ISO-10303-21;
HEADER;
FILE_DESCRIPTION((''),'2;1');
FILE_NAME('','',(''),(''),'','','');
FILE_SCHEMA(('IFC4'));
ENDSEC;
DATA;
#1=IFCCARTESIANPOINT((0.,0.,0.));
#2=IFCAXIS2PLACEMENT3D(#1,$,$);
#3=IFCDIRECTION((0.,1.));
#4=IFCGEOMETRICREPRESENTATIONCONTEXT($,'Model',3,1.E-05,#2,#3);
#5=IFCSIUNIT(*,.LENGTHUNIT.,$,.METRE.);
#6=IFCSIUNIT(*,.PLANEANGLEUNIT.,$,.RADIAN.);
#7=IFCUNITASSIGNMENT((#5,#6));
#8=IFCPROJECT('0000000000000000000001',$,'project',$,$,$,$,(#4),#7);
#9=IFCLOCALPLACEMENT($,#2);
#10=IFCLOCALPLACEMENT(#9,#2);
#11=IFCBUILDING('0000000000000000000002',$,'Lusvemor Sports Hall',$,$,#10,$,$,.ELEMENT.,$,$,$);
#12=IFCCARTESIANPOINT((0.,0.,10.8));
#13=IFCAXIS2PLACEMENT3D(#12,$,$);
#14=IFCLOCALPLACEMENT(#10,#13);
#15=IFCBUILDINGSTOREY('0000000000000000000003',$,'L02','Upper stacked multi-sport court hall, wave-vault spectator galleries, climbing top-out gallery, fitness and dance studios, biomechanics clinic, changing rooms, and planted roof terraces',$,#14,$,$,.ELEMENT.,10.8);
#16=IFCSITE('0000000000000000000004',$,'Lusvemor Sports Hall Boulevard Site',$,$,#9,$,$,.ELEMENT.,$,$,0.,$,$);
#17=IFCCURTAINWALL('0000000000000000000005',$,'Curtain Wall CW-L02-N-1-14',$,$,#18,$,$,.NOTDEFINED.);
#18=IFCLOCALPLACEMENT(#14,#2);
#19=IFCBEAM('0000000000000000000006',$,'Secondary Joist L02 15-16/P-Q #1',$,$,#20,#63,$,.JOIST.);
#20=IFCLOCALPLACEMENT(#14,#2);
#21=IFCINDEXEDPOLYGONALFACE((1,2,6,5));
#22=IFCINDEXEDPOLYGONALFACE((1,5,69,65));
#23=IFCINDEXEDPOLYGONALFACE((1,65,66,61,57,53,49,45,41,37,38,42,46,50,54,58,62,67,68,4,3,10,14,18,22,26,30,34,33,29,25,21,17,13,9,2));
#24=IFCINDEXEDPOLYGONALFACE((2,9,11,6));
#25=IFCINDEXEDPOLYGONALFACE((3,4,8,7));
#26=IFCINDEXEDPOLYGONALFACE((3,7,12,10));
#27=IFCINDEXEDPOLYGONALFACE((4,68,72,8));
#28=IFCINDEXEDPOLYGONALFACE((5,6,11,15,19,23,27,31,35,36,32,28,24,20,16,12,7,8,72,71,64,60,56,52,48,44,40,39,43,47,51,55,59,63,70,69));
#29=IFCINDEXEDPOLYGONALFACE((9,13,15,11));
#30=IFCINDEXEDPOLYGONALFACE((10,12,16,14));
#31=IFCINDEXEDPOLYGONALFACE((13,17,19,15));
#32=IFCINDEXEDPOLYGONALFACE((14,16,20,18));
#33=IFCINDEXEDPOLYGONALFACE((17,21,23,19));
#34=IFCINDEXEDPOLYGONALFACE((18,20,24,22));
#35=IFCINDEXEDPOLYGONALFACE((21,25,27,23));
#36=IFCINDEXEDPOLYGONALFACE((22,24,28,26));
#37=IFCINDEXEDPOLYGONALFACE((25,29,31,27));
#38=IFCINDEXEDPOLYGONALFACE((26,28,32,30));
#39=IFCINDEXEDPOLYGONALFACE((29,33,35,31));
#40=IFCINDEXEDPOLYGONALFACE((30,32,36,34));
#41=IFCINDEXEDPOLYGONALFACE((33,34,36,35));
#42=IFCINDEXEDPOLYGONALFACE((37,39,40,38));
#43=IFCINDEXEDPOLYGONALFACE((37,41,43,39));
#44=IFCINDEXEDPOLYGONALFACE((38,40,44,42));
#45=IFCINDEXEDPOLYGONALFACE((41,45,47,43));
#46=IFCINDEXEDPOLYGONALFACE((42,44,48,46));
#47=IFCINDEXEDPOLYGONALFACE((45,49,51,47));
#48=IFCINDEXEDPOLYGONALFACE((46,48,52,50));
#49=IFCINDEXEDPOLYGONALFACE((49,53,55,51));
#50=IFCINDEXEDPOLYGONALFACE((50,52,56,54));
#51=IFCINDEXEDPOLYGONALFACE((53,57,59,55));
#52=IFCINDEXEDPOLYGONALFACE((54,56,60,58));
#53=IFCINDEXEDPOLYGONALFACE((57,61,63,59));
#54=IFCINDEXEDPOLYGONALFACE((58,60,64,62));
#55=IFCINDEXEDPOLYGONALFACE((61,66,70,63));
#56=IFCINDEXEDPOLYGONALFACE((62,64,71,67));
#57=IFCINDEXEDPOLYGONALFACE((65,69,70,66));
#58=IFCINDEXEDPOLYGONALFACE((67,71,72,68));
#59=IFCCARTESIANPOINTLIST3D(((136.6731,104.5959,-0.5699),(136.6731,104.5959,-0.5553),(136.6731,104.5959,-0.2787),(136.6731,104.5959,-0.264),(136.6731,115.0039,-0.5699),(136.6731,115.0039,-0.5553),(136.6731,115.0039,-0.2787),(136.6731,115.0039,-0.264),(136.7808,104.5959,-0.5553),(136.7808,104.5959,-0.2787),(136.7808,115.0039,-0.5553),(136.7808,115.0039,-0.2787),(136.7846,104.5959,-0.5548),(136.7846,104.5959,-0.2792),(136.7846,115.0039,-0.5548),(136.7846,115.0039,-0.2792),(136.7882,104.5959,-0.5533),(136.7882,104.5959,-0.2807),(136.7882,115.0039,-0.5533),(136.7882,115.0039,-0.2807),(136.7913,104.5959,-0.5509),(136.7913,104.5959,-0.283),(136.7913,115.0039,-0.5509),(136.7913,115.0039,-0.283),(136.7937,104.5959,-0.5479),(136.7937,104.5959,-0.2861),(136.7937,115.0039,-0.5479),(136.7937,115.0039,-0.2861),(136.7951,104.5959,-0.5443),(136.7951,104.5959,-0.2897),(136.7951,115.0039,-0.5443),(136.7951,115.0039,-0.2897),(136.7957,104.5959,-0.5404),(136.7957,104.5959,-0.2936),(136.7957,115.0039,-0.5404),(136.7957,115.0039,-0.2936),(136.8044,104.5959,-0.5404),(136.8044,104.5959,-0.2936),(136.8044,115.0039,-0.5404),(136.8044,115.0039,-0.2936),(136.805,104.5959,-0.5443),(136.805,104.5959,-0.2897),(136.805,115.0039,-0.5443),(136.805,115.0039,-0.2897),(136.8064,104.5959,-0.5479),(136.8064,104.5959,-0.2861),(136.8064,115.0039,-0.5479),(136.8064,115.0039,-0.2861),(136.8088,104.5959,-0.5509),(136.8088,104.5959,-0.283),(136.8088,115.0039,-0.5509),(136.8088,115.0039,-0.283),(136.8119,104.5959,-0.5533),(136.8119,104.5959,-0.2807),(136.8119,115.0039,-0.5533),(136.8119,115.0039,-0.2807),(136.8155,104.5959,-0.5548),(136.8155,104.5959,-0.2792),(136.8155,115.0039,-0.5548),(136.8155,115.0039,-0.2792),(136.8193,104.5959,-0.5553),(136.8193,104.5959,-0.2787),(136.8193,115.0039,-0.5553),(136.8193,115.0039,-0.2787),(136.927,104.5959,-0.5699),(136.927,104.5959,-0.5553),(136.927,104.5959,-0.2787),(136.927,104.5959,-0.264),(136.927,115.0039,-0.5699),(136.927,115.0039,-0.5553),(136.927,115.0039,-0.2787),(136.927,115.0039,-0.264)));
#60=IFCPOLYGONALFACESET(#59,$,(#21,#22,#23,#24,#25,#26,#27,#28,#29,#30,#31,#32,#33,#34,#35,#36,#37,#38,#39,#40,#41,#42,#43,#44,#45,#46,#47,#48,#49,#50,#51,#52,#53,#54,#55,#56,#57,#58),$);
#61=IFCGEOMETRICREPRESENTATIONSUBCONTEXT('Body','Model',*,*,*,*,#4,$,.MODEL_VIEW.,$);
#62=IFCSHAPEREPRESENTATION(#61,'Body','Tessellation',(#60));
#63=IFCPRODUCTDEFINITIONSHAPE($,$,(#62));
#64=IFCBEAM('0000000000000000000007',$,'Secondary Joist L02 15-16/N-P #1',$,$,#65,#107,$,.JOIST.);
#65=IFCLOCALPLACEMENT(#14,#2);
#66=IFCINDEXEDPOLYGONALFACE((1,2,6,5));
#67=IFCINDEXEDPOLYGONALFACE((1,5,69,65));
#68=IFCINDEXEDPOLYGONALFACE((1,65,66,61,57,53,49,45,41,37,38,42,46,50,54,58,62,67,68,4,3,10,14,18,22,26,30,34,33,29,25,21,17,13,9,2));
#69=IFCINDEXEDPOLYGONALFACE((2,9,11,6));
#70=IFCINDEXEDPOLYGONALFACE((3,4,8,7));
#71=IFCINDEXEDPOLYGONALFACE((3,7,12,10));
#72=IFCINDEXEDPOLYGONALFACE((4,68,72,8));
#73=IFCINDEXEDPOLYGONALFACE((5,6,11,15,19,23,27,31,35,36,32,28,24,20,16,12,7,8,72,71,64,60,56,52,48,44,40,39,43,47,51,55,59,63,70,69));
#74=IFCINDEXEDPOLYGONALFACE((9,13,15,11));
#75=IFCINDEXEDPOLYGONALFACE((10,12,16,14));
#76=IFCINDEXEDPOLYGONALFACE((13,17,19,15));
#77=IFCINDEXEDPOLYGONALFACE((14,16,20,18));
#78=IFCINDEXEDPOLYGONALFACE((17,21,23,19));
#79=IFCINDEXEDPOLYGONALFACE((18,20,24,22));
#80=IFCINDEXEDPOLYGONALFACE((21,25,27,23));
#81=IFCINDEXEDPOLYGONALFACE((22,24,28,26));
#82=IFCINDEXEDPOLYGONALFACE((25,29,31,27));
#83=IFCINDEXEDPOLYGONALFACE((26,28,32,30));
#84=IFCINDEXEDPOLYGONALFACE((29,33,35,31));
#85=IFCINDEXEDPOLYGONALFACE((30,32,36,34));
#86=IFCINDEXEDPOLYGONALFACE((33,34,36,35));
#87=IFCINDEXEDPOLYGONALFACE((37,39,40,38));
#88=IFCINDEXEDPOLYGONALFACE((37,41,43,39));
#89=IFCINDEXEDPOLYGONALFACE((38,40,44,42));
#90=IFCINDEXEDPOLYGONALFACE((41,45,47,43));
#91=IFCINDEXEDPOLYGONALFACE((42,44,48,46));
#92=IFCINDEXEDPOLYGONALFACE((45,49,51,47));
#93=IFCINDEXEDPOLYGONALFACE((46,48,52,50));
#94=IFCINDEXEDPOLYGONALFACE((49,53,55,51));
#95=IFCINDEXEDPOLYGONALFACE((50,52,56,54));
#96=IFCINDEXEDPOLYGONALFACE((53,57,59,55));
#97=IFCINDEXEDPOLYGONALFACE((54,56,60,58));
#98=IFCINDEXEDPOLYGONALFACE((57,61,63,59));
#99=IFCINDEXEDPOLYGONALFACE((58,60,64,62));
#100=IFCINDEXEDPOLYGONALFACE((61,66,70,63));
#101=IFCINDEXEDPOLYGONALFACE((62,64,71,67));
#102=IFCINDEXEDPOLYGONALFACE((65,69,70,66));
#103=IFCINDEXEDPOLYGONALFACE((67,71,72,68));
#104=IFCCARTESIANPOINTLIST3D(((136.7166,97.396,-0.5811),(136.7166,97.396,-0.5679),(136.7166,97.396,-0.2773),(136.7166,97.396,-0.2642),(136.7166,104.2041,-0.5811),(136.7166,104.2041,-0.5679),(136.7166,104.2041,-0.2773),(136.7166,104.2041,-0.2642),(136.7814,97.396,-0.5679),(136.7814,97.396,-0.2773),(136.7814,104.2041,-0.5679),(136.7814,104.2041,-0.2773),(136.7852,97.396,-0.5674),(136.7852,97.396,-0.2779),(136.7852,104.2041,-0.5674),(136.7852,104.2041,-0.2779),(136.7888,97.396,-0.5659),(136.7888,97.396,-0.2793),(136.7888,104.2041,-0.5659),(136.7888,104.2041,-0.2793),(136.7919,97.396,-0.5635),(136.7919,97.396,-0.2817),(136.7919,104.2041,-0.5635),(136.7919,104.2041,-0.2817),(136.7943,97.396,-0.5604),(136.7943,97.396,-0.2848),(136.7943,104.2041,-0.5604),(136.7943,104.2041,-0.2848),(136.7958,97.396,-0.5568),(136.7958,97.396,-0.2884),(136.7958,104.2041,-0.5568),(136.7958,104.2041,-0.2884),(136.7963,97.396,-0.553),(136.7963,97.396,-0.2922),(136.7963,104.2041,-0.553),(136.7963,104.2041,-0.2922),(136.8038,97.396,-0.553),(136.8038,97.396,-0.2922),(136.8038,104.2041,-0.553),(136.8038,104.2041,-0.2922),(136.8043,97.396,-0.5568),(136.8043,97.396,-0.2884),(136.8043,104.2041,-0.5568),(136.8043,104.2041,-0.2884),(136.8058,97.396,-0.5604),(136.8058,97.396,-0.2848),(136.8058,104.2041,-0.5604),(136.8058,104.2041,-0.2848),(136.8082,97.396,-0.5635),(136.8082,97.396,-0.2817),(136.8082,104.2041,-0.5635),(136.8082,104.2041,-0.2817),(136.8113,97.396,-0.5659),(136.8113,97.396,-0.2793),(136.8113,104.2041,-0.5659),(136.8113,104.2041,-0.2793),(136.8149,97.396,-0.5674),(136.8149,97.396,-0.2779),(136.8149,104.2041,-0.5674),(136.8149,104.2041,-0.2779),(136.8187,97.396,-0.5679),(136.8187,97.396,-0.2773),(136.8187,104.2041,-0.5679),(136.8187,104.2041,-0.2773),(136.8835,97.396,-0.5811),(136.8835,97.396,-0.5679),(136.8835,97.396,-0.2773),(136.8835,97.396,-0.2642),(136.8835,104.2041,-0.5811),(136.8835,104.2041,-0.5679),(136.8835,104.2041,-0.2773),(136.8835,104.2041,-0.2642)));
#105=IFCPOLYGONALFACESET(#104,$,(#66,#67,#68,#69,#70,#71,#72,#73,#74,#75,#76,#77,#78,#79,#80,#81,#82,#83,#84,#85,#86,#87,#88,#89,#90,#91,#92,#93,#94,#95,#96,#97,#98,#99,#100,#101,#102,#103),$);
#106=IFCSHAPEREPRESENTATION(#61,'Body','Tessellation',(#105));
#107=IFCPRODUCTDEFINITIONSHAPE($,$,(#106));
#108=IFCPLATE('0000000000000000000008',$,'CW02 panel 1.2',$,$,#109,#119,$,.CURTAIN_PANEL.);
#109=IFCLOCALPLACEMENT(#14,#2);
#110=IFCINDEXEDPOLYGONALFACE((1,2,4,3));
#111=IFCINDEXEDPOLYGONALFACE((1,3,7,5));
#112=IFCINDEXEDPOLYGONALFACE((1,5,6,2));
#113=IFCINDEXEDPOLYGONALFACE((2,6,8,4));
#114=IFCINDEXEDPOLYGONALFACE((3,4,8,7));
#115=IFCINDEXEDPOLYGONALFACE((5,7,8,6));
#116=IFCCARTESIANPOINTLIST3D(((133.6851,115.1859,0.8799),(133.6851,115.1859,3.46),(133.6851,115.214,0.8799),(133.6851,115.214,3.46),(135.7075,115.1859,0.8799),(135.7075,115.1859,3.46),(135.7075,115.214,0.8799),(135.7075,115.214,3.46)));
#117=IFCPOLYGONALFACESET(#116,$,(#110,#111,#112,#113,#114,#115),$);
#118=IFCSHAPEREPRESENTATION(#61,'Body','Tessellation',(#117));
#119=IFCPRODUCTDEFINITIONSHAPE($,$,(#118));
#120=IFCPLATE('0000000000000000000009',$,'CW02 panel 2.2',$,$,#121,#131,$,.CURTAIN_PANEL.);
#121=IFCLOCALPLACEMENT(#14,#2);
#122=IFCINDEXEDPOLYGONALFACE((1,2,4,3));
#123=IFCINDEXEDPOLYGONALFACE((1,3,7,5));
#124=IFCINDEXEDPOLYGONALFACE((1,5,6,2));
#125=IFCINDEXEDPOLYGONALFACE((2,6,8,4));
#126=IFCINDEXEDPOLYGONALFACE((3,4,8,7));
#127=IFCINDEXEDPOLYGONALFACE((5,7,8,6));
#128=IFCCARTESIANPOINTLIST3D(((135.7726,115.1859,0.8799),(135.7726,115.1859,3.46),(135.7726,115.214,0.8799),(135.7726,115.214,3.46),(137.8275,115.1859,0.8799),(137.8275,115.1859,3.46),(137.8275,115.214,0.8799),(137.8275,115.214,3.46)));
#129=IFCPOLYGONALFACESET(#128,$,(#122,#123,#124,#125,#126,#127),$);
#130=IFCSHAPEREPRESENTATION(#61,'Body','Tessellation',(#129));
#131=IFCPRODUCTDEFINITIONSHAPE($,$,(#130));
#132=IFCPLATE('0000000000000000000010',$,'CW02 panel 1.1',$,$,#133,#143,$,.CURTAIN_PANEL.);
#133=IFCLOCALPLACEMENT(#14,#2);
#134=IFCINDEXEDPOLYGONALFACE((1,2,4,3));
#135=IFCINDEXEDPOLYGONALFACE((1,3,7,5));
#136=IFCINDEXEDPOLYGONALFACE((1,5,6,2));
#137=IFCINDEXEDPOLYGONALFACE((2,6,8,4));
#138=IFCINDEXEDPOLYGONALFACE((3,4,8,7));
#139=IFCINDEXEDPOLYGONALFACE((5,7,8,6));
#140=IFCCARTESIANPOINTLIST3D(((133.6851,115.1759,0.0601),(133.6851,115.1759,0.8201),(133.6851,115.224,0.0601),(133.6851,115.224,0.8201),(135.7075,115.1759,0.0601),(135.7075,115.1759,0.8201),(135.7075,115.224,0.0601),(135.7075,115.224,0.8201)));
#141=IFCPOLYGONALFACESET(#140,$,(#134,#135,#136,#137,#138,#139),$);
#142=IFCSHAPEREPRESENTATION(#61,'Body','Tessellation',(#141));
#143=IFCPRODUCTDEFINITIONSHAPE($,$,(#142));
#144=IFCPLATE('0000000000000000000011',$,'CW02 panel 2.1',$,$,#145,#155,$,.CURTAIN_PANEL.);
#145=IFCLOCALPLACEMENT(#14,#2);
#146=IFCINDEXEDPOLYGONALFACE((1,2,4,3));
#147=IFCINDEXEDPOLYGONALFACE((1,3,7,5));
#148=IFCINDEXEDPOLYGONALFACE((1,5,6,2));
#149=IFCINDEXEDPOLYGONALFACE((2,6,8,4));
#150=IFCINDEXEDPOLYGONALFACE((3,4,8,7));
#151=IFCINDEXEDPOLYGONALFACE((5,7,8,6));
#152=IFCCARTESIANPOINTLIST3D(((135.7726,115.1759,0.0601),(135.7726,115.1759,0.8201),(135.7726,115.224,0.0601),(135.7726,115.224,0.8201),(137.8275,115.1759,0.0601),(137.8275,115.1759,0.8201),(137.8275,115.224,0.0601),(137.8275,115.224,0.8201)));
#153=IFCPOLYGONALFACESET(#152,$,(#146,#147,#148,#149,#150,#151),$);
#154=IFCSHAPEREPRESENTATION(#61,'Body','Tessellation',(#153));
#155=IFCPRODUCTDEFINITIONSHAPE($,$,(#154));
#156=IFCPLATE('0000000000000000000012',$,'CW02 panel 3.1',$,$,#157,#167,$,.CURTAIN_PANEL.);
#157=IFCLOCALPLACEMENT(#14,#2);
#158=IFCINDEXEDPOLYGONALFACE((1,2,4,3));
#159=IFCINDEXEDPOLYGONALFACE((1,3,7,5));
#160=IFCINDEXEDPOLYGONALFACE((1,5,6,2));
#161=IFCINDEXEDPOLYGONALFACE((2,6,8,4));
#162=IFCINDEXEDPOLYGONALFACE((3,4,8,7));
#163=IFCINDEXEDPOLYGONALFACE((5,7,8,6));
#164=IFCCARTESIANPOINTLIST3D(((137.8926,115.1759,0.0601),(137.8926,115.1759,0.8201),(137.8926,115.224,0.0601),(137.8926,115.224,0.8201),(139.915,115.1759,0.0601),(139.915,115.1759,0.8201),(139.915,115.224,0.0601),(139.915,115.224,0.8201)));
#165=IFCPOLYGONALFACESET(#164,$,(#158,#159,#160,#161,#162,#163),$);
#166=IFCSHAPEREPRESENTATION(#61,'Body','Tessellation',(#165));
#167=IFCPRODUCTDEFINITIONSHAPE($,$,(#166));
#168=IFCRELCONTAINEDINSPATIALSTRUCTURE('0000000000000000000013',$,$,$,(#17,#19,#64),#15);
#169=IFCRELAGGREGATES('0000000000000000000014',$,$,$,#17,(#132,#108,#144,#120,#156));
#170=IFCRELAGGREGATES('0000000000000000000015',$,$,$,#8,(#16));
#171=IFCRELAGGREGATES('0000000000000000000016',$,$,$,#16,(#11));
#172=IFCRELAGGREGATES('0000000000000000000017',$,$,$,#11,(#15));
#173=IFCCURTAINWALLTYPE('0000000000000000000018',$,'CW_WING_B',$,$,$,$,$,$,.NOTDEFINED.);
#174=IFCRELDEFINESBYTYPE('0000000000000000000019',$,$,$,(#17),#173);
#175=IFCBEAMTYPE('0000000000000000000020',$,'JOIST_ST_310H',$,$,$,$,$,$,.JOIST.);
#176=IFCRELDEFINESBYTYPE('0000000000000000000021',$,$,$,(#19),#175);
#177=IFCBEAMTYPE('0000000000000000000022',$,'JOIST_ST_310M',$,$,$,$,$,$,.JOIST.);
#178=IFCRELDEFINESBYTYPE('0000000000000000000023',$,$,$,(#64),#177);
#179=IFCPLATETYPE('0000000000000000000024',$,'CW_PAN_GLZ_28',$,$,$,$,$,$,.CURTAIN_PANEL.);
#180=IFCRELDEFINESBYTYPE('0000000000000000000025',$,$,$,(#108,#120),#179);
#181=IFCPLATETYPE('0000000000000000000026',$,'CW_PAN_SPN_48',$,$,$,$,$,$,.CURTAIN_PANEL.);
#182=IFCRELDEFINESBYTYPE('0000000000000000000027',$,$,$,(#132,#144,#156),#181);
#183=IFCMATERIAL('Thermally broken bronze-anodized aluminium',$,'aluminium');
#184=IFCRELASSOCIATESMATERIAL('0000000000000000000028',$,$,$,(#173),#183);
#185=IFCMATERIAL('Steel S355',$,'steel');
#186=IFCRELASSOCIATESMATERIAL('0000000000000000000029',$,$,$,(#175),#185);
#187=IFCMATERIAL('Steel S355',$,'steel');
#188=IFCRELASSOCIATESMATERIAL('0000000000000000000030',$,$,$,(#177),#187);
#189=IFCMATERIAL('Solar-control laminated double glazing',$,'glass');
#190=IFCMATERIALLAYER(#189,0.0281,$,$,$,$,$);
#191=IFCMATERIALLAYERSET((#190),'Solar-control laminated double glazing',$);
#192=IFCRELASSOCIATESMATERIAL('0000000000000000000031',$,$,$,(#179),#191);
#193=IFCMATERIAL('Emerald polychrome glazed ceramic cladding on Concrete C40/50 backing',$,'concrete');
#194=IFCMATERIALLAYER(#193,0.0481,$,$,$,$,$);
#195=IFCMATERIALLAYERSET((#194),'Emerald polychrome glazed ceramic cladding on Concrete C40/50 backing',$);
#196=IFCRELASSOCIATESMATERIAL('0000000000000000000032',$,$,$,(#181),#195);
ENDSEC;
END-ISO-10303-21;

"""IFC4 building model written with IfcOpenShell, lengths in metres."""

from ifc_helpers import new_model, si_unit, direction, frame, origin, origin_2d, place, context, subcontext, project, spatial, rectangle, i_section, extrude, material, layer, layer_set, material_profile, profile_set, type_object, element, aggregate, save


model = new_model("IFC4")

# Units and contexts
model_context = context("Model", 3, precision=1e-05, world=origin(), true_north=direction((0.0, 1.0)))
body_context = subcontext(model_context, "Body", "Model", "MODEL_VIEW")
ifc_project = project(units=[si_unit("LENGTHUNIT", "METRE"), si_unit("PLANEANGLEUNIT", "RADIAN")], contexts=[model_context])

# Site, building, storey
site_placement = place(None, origin())
site = spatial("IfcSite", under=ifc_project, at=site_placement, Name="Lusvemor Sports Hall Boulevard Site", CompositionType="ELEMENT", RefElevation=0.0)
building_placement = place(site_placement, origin())
building = spatial("IfcBuilding", under=site, at=building_placement, Name="Lusvemor Sports Hall", CompositionType="ELEMENT")
storey_placement = place(building_placement, frame((0.0, 0.0, 10.8)))
storey = spatial("IfcBuildingStorey", under=building, at=storey_placement, Name="L02", Description="Upper stacked multi-sport court hall, wave-vault spectator galleries, climbing top-out gallery, fitness and dance studios, biomechanics clinic, changing rooms, and planted roof terraces", CompositionType="ELEMENT", Elevation=10.8)

# Curtain wall
ifc_material_1 = material(Name="Thermally broken bronze-anodized aluminium", Category="aluminium")
curtain_wall_type = type_object("IfcCurtainWallType", Name="CW_WING_B", PredefinedType="NOTDEFINED", material=ifc_material_1)
curtain_wall_placement = place(storey_placement, origin())
curtain_wall = element("IfcCurtainWall", 1, at=curtain_wall_placement, inside=storey, type_object=curtain_wall_type, Name="Curtain Wall CW-L02-N-1-14", PredefinedType="NOTDEFINED")

# Beams
ifc_material_2 = material(Name="Steel S355", Category="steel")
ifc_material_profile_1 = material_profile(ifc_material_2, i_section(OverallWidth=0.2539, OverallDepth=0.3059, WebThickness=0.0088, FlangeThickness=0.0146, FilletRadius=0.0149, at=origin_2d()), Name="W310x79.0")
ifc_profile_set_1 = profile_set([ifc_material_profile_1], Name="Steel S355")
beam_type_1 = type_object("IfcBeamType", Name="JOIST_ST_310H", PredefinedType="JOIST", material=ifc_profile_set_1)
beam_1_placement = place(storey_placement, frame((136.8, 104.5959, -0.417), z_axis=(0.0, 1.0, 0.0), x_axis=(-1.0, 0.0, 0.0)))
element("IfcBeam", 2, at=beam_1_placement, inside=storey, type_object=beam_type_1, Name="Secondary Joist L02 15-16/P-Q #1", PredefinedType="JOIST", context=body_context, shape_type="SweptSolid", body=[
    extrude(i_section(OverallWidth=0.2539, OverallDepth=0.3059, WebThickness=0.0088, FlangeThickness=0.0146, FilletRadius=0.0149, at=origin_2d()), origin(), (0.0, 0.0, 1.0), 10.408),
])
ifc_material_3 = material(Name="Steel S355", Category="steel")
ifc_material_profile_2 = material_profile(ifc_material_3, i_section(OverallWidth=0.167, OverallDepth=0.3169, WebThickness=0.0076, FlangeThickness=0.0132, FilletRadius=0.0149, at=origin_2d()), Name="W310x52.0")
ifc_profile_set_2 = profile_set([ifc_material_profile_2], Name="Steel S355")
beam_type_2 = type_object("IfcBeamType", Name="JOIST_ST_310M", PredefinedType="JOIST", material=ifc_profile_set_2)
beam_2_placement = place(storey_placement, frame((136.8, 97.396, -0.4226), z_axis=(0.0, 1.0, 0.0), x_axis=(-1.0, 0.0, 0.0)))
element("IfcBeam", 3, at=beam_2_placement, inside=storey, type_object=beam_type_2, Name="Secondary Joist L02 15-16/N-P #1", PredefinedType="JOIST", context=body_context, shape_type="SweptSolid", body=[
    extrude(i_section(OverallWidth=0.167, OverallDepth=0.3169, WebThickness=0.0076, FlangeThickness=0.0132, FilletRadius=0.0149, at=origin_2d()), origin(), (0.0, 0.0, 1.0), 6.8081),
])

# Plates
ifc_material_4 = material(Name="Solar-control laminated double glazing", Category="glass")
ifc_layer_1 = layer(ifc_material_4, 0.0281)
ifc_layer_set_1 = layer_set([ifc_layer_1], Name="Solar-control laminated double glazing")
plate_type_1 = type_object("IfcPlateType", Name="CW_PAN_GLZ_28", PredefinedType="CURTAIN_PANEL", material=ifc_layer_set_1)
plate_1_placement = place(storey_placement, frame((134.6963, 115.2, 0.8799), z_axis=(0.0, 0.0, 1.0), x_axis=(1.0, 0.0, 0.0)))
plate_1 = element("IfcPlate", 4, at=plate_1_placement, type_object=plate_type_1, Name="CW02 panel 1.2", PredefinedType="CURTAIN_PANEL", context=body_context, shape_type="SweptSolid", body=[
    extrude(rectangle(XDim=2.0225, YDim=0.0281, at=origin_2d()), origin(), (0.0, 0.0, 1.0), 2.5801),
])
plate_2_placement = place(storey_placement, frame((136.8, 115.2, 0.8799), z_axis=(0.0, 0.0, 1.0), x_axis=(1.0, 0.0, 0.0)))
plate_2 = element("IfcPlate", 5, at=plate_2_placement, type_object=plate_type_1, Name="CW02 panel 2.2", PredefinedType="CURTAIN_PANEL", context=body_context, shape_type="SweptSolid", body=[
    extrude(rectangle(XDim=2.0549, YDim=0.0281, at=origin_2d()), origin(), (0.0, 0.0, 1.0), 2.5801),
])
ifc_material_5 = material(Name="Emerald polychrome glazed ceramic cladding on Concrete C40/50 backing", Category="concrete")
ifc_layer_2 = layer(ifc_material_5, 0.0481)
ifc_layer_set_2 = layer_set([ifc_layer_2], Name="Emerald polychrome glazed ceramic cladding on Concrete C40/50 backing")
plate_type_2 = type_object("IfcPlateType", Name="CW_PAN_SPN_48", PredefinedType="CURTAIN_PANEL", material=ifc_layer_set_2)
plate_3_placement = place(storey_placement, frame((134.6963, 115.2, 0.0601), z_axis=(0.0, 0.0, 1.0), x_axis=(1.0, 0.0, 0.0)))
plate_3 = element("IfcPlate", 6, at=plate_3_placement, type_object=plate_type_2, Name="CW02 panel 1.1", PredefinedType="CURTAIN_PANEL", context=body_context, shape_type="SweptSolid", body=[
    extrude(rectangle(XDim=2.0225, YDim=0.0481, at=origin_2d()), origin(), (0.0, 0.0, 1.0), 0.76),
])
plate_4_placement = place(storey_placement, frame((136.8, 115.2, 0.0601), z_axis=(0.0, 0.0, 1.0), x_axis=(1.0, 0.0, 0.0)))
plate_4 = element("IfcPlate", 7, at=plate_4_placement, type_object=plate_type_2, Name="CW02 panel 2.1", PredefinedType="CURTAIN_PANEL", context=body_context, shape_type="SweptSolid", body=[
    extrude(rectangle(XDim=2.0549, YDim=0.0481, at=origin_2d()), origin(), (0.0, 0.0, 1.0), 0.76),
])
plate_5_placement = place(storey_placement, frame((138.9038, 115.2, 0.0601), z_axis=(0.0, 0.0, 1.0), x_axis=(1.0, 0.0, 0.0)))
plate_5 = element("IfcPlate", 8, at=plate_5_placement, type_object=plate_type_2, Name="CW02 panel 3.1", PredefinedType="CURTAIN_PANEL", context=body_context, shape_type="SweptSolid", body=[
    extrude(rectangle(XDim=2.0225, YDim=0.0481, at=origin_2d()), origin(), (0.0, 0.0, 1.0), 0.76),
])
aggregate(curtain_wall, [plate_3, plate_1, plate_4, plate_2, plate_5])

save(model, "model.ifc")
